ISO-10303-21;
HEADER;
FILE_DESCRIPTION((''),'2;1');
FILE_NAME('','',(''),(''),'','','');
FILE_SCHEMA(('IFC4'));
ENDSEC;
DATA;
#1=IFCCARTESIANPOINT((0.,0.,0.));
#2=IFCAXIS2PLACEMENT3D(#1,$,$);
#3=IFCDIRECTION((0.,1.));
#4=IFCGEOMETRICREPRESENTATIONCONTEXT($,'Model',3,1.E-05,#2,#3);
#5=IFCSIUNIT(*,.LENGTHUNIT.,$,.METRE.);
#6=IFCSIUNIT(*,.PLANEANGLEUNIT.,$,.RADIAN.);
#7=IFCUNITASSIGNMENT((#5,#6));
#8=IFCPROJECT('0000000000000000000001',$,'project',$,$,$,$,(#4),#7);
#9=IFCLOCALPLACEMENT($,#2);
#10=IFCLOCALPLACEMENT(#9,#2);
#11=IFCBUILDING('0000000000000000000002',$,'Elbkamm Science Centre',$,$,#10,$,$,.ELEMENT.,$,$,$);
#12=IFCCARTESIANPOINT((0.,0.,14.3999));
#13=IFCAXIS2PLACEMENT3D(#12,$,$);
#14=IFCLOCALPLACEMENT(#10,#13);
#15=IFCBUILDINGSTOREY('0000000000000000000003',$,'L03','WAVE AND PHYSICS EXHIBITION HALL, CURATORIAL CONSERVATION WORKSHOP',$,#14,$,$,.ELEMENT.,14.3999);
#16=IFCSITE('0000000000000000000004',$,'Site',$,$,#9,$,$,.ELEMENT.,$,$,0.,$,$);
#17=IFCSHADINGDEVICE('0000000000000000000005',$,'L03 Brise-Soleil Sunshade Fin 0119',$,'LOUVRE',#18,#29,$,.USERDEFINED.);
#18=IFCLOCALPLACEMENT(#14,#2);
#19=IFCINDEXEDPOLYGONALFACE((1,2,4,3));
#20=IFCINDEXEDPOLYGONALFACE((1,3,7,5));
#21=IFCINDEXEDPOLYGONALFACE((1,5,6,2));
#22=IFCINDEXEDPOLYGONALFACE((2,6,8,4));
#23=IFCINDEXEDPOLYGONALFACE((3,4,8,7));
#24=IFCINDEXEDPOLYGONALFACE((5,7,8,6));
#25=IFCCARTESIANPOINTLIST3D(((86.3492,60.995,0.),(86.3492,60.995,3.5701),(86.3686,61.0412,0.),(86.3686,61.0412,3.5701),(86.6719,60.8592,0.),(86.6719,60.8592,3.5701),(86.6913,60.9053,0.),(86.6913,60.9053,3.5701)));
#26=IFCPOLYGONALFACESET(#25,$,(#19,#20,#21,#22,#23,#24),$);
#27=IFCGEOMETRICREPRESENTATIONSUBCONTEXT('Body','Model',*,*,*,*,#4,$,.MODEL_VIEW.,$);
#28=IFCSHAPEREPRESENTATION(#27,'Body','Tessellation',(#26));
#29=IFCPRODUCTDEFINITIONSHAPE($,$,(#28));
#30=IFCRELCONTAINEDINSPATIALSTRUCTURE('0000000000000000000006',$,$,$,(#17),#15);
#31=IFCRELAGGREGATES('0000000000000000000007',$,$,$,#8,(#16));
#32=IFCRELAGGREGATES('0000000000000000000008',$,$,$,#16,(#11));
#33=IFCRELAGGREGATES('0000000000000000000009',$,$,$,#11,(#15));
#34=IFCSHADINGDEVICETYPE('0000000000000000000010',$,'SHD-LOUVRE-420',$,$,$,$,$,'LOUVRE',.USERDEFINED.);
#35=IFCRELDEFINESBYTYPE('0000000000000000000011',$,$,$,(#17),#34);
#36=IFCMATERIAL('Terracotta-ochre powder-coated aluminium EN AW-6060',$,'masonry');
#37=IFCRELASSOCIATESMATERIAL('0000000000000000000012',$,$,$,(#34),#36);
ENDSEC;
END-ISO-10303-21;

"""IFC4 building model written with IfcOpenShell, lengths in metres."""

from ifc_helpers import new_model, si_unit, direction, frame, origin, origin_2d, place, context, subcontext, project, spatial, rectangle, extrude, material, type_object, element, save


model = new_model("IFC4")

# Units and contexts
model_context = context("Model", 3, precision=1e-05, world=origin(), true_north=direction((0.0, 1.0)))
body_context = subcontext(model_context, "Body", "Model", "MODEL_VIEW")
ifc_project = project(units=[si_unit("LENGTHUNIT", "METRE"), si_unit("PLANEANGLEUNIT", "RADIAN")], contexts=[model_context])

# Site, building, storey
site_placement = place(None, origin())
site = spatial("IfcSite", under=ifc_project, at=site_placement, Name="Site", CompositionType="ELEMENT", RefElevation=0.0)
building_placement = place(site_placement, origin())
building = spatial("IfcBuilding", under=site, at=building_placement, Name="Elbkamm Science Centre", CompositionType="ELEMENT")
storey_placement = place(building_placement, frame((0.0, 0.0, 14.3999)))
storey = spatial("IfcBuildingStorey", under=building, at=storey_placement, Name="L03", Description="WAVE AND PHYSICS EXHIBITION HALL, CURATORIAL CONSERVATION WORKSHOP", CompositionType="ELEMENT", Elevation=14.3999)

# Shading device
ifc_material_1 = material(Name="Terracotta-ochre powder-coated aluminium EN AW-6060", Category="masonry")
shading_device_type = type_object("IfcShadingDeviceType", Name="SHD-LOUVRE-420", ElementType="LOUVRE", PredefinedType="USERDEFINED", material=ifc_material_1)
for number, where, z_axis, x_axis, name in (
    (1, (86.5203, 60.9502, 0.0), (0.0, 0.0, 1.0), (0.921677, -0.387958, 0.0), "L03 Brise-Soleil Sunshade Fin 0119"),
):
    element("IfcShadingDevice", number, at=place(storey_placement, frame(where, z_axis=z_axis, x_axis=x_axis)), inside=storey, type_object=shading_device_type, Name=name, ObjectType="LOUVRE", PredefinedType="USERDEFINED", context=body_context, shape_type="SweptSolid", body=[
        extrude(rectangle(XDim=0.3501, YDim=0.05, at=origin_2d()), origin(), (0.0, 0.0, 1.0), 3.5701),
    ])

save(model, "model.ifc")
